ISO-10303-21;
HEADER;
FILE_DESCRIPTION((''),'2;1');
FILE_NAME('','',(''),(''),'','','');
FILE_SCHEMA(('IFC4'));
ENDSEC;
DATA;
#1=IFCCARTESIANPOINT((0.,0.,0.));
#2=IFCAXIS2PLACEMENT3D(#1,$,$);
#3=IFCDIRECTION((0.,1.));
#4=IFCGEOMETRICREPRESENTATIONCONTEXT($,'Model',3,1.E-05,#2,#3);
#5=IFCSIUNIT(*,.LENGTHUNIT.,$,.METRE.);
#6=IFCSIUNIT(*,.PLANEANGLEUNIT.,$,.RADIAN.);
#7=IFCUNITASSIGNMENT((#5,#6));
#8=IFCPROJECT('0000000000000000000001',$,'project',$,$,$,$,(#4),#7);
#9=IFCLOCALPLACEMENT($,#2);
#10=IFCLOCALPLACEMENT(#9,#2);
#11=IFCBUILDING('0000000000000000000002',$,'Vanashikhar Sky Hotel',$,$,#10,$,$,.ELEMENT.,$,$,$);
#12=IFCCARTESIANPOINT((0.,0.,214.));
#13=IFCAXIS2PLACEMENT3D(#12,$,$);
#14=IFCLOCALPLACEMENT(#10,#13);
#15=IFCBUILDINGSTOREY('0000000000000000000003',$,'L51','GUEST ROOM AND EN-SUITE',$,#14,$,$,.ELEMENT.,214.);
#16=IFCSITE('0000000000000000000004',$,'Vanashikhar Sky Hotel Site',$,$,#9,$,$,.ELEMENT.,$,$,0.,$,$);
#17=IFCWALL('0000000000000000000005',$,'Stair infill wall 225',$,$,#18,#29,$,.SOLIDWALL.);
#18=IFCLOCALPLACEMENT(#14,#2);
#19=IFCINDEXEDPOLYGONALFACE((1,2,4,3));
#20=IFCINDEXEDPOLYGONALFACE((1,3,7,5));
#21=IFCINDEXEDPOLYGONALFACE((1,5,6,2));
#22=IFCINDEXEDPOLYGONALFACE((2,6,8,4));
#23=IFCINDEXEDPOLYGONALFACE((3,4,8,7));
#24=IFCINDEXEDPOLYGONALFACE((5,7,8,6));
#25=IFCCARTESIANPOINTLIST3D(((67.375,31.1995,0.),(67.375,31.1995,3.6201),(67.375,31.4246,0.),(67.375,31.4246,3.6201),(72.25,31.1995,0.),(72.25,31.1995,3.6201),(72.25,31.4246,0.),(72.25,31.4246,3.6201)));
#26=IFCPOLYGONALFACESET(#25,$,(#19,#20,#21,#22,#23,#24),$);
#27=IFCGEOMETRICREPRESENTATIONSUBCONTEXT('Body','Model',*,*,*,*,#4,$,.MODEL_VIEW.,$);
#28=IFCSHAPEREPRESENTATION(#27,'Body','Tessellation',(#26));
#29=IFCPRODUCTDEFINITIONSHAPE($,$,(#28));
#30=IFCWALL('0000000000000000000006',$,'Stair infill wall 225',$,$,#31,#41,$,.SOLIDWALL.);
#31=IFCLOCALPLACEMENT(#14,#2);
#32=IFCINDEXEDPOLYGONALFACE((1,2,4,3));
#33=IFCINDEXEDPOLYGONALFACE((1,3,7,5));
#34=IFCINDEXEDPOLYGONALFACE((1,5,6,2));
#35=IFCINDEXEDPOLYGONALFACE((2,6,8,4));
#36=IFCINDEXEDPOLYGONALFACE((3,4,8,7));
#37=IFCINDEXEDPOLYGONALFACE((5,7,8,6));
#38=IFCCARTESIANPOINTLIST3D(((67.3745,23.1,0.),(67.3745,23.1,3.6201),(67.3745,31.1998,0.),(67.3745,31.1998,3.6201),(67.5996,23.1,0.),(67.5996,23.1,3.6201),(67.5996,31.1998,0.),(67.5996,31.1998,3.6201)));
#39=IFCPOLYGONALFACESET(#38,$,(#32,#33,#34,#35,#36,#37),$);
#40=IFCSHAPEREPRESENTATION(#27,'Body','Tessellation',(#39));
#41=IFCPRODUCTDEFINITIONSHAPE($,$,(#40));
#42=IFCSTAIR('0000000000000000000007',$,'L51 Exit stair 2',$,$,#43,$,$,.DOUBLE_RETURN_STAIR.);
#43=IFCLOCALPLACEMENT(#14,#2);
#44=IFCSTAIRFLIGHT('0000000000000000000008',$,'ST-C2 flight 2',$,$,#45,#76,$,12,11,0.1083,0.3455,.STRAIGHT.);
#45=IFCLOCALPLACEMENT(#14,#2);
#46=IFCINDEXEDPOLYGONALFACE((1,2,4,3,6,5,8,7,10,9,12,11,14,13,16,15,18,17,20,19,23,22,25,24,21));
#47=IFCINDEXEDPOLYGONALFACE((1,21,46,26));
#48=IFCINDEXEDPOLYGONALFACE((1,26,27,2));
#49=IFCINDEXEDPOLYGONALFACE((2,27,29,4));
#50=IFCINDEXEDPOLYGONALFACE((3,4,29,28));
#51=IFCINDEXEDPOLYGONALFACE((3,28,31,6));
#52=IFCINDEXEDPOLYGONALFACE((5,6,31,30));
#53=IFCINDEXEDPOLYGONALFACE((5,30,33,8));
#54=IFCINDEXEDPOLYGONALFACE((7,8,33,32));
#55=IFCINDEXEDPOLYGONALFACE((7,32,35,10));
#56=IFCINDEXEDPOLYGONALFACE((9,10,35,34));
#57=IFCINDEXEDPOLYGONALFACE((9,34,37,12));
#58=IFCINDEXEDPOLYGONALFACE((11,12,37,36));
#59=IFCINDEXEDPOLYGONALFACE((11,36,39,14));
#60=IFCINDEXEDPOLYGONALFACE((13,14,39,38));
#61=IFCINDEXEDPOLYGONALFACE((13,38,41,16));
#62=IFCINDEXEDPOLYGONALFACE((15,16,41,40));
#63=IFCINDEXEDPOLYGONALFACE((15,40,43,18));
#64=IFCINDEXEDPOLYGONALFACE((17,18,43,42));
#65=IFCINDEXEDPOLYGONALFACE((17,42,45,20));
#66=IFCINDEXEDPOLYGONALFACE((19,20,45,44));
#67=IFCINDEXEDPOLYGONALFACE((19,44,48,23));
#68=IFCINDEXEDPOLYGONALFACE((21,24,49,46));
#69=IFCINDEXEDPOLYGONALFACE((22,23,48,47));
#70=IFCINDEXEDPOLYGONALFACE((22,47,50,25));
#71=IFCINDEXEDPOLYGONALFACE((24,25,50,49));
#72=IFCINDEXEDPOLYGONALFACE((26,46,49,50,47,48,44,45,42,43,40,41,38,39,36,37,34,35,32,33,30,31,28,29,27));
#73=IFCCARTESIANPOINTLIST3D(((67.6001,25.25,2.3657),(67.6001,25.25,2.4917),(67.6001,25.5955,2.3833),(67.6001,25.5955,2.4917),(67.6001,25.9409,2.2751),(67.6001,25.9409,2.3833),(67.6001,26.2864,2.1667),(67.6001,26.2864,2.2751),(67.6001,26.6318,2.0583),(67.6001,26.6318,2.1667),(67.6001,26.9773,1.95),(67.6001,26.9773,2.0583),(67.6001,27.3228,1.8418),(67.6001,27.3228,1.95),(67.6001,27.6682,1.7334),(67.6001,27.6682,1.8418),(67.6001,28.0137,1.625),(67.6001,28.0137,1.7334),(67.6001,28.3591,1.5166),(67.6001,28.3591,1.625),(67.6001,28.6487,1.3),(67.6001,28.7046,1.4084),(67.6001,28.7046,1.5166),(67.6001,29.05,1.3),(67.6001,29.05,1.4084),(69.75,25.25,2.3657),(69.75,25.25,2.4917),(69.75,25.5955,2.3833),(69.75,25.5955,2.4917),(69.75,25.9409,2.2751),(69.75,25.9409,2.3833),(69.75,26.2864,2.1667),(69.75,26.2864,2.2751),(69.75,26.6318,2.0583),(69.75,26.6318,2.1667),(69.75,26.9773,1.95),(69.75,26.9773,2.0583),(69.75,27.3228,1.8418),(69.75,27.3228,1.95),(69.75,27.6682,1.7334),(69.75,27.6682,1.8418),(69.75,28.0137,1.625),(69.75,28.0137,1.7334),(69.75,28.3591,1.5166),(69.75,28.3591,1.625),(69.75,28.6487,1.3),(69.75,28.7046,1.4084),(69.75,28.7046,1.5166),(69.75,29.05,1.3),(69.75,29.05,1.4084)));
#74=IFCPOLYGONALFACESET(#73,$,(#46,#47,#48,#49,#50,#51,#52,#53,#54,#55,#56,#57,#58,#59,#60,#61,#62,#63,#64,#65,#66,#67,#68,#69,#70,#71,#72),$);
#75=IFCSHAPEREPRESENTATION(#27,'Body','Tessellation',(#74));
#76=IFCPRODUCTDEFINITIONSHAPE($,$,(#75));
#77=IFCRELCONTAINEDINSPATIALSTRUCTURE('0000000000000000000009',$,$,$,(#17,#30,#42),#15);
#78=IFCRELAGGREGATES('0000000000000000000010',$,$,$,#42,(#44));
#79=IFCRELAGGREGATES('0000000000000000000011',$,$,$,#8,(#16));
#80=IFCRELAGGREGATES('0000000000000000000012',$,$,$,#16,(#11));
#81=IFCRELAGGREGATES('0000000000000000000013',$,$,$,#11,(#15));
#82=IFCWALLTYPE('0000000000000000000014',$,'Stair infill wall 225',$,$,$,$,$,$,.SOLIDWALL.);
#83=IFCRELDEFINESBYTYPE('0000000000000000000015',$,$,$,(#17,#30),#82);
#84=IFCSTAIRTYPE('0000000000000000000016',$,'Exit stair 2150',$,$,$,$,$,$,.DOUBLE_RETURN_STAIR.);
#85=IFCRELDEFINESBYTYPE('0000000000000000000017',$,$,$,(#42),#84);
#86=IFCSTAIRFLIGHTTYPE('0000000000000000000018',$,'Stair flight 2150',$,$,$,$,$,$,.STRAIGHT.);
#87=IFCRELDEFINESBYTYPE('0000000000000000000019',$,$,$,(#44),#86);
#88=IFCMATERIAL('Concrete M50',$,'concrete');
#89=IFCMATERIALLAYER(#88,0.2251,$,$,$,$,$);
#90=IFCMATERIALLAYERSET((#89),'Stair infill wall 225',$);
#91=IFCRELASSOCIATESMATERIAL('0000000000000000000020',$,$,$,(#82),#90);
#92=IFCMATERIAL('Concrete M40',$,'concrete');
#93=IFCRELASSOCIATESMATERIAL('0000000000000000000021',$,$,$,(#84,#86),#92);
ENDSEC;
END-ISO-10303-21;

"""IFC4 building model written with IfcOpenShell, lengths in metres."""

from ifc_helpers import new_model, si_unit, direction, frame, frame_2d, origin, place, context, subcontext, project, spatial, polyline, rectangle, outline, extrude, source, transform, mapped, material, layer, layer_set, type_object, element, aggregate, save


model = new_model("IFC4")

# Units and contexts
model_context = context("Model", 3, precision=1e-05, world=origin(), true_north=direction((0.0, 1.0)))
body_context = subcontext(model_context, "Body", "Model", "MODEL_VIEW")
ifc_project = project(units=[si_unit("LENGTHUNIT", "METRE"), si_unit("PLANEANGLEUNIT", "RADIAN")], contexts=[model_context])

# Site, building, storey
site_placement = place(None, origin())
site = spatial("IfcSite", under=ifc_project, at=site_placement, Name="Vanashikhar Sky Hotel Site", CompositionType="ELEMENT", RefElevation=0.0)
building_placement = place(site_placement, origin())
building = spatial("IfcBuilding", under=site, at=building_placement, Name="Vanashikhar Sky Hotel", CompositionType="ELEMENT")
storey_placement = place(building_placement, frame((0.0, 0.0, 214.0)))
storey = spatial("IfcBuildingStorey", under=building, at=storey_placement, Name="L51", Description="GUEST ROOM AND EN-SUITE", CompositionType="ELEMENT", Elevation=214.0)

# Shared definitions
ifc_material_1 = material(Name="Concrete M40", Category="concrete")

# Walls
ifc_material_2 = material(Name="Concrete M50", Category="concrete")
ifc_layer_1 = layer(ifc_material_2, 0.2251)
ifc_layer_set_1 = layer_set([ifc_layer_1], Name="Stair infill wall 225")
wall_type_1 = type_object("IfcWallType", Name="Stair infill wall 225", PredefinedType="SOLIDWALL", material=ifc_layer_set_1)
shared_shape_1 = source(origin(), body_context, "Body", "SweptSolid", [
    extrude(rectangle(XDim=4.875, YDim=0.2251, at=frame_2d((2.4375, 0.0))), origin(), (0.0, 0.0, 1.0), 3.6201),
])
wall_1_placement = place(storey_placement, frame((67.375, 31.312, 0.0), z_axis=(0.0, 0.0, 1.0), x_axis=(1.0, 0.0, 0.0)))
element("IfcWall", 1, at=wall_1_placement, inside=storey, type_object=wall_type_1, Name="Stair infill wall 225", PredefinedType="SOLIDWALL", context=body_context, shape_type="MappedRepresentation", body=[
    mapped(shared_shape_1, transform((0.0, 0.0, 0.0), scale=1.0)),
])
shared_shape_2 = source(origin(), body_context, "Body", "SweptSolid", [
    extrude(rectangle(XDim=8.0999, YDim=0.2251, at=frame_2d((4.0498, 0.0))), origin(), (0.0, 0.0, 1.0), 3.6201),
])
wall_2_placement = place(storey_placement, frame((67.4871, 23.1001, 0.0), z_axis=(0.0, 0.0, 1.0), x_axis=(0.0, 1.0, 0.0)))
element("IfcWall", 2, at=wall_2_placement, inside=storey, type_object=wall_type_1, Name="Stair infill wall 225", PredefinedType="SOLIDWALL", context=body_context, shape_type="MappedRepresentation", body=[
    mapped(shared_shape_2, transform((0.0, 0.0, 0.0), scale=1.0)),
])

# Stair, stair flight
stair_type = type_object("IfcStairType", Name="Exit stair 2150", PredefinedType="DOUBLE_RETURN_STAIR", material=ifc_material_1)
stair_placement = place(storey_placement, origin())
stair = element("IfcStair", 3, at=stair_placement, inside=storey, type_object=stair_type, Name="L51 Exit stair 2", PredefinedType="DOUBLE_RETURN_STAIR")
stair_flight_type = type_object("IfcStairFlightType", Name="Stair flight 2150", PredefinedType="STRAIGHT", material=ifc_material_1)
shared_shape_3 = source(origin(), body_context, "Body", "SweptSolid", [
    extrude(outline(polyline([(0.0, 0.0), (0.0, 0.1084), (0.3455, 0.1084), (0.3455, 0.2166), (0.6909, 0.2166), (0.6909, 0.325), (1.0364, 0.325), (1.0364, 0.4333), (1.3818, 0.4333), (1.3818, 0.5417), (1.7273, 0.5417), (1.7273, 0.6499), (2.0728, 0.6499), (2.0728, 0.7583), (2.4182, 0.7583), (2.4182, 0.8667), (2.7637, 0.8667), (2.7637, 0.9751), (3.1091, 0.9751), (3.1091, 1.0833), (3.4546, 1.0833), (3.4546, 1.1917), (3.8, 1.1917), (3.8, 1.3), (3.8, 1.0657), (0.4014, 0.0), (0.0, 0.0)])), frame((0.0, 1.075, 0.0), z_axis=(0.0, -1.0, 0.0), x_axis=(1.0, 0.0, 0.0)), (0.0, 0.0, 1.0), 2.1499),
])
stair_flight_placement = place(storey_placement, frame((68.675, 29.05, 1.3), z_axis=(0.0, 0.0, 1.0), x_axis=(0.0, -1.0, 0.0)))
stair_flight = element("IfcStairFlight", 4, at=stair_flight_placement, type_object=stair_flight_type, Name="ST-C2 flight 2", NumberOfRisers=12, NumberOfTreads=11, PredefinedType="STRAIGHT", RiserHeight=0.1083, TreadLength=0.3455, context=body_context, shape_type="MappedRepresentation", body=[
    mapped(shared_shape_3, transform((0.0, 0.0, 0.0), scale=1.0)),
])
aggregate(stair, [stair_flight])

save(model, "model.ifc")
